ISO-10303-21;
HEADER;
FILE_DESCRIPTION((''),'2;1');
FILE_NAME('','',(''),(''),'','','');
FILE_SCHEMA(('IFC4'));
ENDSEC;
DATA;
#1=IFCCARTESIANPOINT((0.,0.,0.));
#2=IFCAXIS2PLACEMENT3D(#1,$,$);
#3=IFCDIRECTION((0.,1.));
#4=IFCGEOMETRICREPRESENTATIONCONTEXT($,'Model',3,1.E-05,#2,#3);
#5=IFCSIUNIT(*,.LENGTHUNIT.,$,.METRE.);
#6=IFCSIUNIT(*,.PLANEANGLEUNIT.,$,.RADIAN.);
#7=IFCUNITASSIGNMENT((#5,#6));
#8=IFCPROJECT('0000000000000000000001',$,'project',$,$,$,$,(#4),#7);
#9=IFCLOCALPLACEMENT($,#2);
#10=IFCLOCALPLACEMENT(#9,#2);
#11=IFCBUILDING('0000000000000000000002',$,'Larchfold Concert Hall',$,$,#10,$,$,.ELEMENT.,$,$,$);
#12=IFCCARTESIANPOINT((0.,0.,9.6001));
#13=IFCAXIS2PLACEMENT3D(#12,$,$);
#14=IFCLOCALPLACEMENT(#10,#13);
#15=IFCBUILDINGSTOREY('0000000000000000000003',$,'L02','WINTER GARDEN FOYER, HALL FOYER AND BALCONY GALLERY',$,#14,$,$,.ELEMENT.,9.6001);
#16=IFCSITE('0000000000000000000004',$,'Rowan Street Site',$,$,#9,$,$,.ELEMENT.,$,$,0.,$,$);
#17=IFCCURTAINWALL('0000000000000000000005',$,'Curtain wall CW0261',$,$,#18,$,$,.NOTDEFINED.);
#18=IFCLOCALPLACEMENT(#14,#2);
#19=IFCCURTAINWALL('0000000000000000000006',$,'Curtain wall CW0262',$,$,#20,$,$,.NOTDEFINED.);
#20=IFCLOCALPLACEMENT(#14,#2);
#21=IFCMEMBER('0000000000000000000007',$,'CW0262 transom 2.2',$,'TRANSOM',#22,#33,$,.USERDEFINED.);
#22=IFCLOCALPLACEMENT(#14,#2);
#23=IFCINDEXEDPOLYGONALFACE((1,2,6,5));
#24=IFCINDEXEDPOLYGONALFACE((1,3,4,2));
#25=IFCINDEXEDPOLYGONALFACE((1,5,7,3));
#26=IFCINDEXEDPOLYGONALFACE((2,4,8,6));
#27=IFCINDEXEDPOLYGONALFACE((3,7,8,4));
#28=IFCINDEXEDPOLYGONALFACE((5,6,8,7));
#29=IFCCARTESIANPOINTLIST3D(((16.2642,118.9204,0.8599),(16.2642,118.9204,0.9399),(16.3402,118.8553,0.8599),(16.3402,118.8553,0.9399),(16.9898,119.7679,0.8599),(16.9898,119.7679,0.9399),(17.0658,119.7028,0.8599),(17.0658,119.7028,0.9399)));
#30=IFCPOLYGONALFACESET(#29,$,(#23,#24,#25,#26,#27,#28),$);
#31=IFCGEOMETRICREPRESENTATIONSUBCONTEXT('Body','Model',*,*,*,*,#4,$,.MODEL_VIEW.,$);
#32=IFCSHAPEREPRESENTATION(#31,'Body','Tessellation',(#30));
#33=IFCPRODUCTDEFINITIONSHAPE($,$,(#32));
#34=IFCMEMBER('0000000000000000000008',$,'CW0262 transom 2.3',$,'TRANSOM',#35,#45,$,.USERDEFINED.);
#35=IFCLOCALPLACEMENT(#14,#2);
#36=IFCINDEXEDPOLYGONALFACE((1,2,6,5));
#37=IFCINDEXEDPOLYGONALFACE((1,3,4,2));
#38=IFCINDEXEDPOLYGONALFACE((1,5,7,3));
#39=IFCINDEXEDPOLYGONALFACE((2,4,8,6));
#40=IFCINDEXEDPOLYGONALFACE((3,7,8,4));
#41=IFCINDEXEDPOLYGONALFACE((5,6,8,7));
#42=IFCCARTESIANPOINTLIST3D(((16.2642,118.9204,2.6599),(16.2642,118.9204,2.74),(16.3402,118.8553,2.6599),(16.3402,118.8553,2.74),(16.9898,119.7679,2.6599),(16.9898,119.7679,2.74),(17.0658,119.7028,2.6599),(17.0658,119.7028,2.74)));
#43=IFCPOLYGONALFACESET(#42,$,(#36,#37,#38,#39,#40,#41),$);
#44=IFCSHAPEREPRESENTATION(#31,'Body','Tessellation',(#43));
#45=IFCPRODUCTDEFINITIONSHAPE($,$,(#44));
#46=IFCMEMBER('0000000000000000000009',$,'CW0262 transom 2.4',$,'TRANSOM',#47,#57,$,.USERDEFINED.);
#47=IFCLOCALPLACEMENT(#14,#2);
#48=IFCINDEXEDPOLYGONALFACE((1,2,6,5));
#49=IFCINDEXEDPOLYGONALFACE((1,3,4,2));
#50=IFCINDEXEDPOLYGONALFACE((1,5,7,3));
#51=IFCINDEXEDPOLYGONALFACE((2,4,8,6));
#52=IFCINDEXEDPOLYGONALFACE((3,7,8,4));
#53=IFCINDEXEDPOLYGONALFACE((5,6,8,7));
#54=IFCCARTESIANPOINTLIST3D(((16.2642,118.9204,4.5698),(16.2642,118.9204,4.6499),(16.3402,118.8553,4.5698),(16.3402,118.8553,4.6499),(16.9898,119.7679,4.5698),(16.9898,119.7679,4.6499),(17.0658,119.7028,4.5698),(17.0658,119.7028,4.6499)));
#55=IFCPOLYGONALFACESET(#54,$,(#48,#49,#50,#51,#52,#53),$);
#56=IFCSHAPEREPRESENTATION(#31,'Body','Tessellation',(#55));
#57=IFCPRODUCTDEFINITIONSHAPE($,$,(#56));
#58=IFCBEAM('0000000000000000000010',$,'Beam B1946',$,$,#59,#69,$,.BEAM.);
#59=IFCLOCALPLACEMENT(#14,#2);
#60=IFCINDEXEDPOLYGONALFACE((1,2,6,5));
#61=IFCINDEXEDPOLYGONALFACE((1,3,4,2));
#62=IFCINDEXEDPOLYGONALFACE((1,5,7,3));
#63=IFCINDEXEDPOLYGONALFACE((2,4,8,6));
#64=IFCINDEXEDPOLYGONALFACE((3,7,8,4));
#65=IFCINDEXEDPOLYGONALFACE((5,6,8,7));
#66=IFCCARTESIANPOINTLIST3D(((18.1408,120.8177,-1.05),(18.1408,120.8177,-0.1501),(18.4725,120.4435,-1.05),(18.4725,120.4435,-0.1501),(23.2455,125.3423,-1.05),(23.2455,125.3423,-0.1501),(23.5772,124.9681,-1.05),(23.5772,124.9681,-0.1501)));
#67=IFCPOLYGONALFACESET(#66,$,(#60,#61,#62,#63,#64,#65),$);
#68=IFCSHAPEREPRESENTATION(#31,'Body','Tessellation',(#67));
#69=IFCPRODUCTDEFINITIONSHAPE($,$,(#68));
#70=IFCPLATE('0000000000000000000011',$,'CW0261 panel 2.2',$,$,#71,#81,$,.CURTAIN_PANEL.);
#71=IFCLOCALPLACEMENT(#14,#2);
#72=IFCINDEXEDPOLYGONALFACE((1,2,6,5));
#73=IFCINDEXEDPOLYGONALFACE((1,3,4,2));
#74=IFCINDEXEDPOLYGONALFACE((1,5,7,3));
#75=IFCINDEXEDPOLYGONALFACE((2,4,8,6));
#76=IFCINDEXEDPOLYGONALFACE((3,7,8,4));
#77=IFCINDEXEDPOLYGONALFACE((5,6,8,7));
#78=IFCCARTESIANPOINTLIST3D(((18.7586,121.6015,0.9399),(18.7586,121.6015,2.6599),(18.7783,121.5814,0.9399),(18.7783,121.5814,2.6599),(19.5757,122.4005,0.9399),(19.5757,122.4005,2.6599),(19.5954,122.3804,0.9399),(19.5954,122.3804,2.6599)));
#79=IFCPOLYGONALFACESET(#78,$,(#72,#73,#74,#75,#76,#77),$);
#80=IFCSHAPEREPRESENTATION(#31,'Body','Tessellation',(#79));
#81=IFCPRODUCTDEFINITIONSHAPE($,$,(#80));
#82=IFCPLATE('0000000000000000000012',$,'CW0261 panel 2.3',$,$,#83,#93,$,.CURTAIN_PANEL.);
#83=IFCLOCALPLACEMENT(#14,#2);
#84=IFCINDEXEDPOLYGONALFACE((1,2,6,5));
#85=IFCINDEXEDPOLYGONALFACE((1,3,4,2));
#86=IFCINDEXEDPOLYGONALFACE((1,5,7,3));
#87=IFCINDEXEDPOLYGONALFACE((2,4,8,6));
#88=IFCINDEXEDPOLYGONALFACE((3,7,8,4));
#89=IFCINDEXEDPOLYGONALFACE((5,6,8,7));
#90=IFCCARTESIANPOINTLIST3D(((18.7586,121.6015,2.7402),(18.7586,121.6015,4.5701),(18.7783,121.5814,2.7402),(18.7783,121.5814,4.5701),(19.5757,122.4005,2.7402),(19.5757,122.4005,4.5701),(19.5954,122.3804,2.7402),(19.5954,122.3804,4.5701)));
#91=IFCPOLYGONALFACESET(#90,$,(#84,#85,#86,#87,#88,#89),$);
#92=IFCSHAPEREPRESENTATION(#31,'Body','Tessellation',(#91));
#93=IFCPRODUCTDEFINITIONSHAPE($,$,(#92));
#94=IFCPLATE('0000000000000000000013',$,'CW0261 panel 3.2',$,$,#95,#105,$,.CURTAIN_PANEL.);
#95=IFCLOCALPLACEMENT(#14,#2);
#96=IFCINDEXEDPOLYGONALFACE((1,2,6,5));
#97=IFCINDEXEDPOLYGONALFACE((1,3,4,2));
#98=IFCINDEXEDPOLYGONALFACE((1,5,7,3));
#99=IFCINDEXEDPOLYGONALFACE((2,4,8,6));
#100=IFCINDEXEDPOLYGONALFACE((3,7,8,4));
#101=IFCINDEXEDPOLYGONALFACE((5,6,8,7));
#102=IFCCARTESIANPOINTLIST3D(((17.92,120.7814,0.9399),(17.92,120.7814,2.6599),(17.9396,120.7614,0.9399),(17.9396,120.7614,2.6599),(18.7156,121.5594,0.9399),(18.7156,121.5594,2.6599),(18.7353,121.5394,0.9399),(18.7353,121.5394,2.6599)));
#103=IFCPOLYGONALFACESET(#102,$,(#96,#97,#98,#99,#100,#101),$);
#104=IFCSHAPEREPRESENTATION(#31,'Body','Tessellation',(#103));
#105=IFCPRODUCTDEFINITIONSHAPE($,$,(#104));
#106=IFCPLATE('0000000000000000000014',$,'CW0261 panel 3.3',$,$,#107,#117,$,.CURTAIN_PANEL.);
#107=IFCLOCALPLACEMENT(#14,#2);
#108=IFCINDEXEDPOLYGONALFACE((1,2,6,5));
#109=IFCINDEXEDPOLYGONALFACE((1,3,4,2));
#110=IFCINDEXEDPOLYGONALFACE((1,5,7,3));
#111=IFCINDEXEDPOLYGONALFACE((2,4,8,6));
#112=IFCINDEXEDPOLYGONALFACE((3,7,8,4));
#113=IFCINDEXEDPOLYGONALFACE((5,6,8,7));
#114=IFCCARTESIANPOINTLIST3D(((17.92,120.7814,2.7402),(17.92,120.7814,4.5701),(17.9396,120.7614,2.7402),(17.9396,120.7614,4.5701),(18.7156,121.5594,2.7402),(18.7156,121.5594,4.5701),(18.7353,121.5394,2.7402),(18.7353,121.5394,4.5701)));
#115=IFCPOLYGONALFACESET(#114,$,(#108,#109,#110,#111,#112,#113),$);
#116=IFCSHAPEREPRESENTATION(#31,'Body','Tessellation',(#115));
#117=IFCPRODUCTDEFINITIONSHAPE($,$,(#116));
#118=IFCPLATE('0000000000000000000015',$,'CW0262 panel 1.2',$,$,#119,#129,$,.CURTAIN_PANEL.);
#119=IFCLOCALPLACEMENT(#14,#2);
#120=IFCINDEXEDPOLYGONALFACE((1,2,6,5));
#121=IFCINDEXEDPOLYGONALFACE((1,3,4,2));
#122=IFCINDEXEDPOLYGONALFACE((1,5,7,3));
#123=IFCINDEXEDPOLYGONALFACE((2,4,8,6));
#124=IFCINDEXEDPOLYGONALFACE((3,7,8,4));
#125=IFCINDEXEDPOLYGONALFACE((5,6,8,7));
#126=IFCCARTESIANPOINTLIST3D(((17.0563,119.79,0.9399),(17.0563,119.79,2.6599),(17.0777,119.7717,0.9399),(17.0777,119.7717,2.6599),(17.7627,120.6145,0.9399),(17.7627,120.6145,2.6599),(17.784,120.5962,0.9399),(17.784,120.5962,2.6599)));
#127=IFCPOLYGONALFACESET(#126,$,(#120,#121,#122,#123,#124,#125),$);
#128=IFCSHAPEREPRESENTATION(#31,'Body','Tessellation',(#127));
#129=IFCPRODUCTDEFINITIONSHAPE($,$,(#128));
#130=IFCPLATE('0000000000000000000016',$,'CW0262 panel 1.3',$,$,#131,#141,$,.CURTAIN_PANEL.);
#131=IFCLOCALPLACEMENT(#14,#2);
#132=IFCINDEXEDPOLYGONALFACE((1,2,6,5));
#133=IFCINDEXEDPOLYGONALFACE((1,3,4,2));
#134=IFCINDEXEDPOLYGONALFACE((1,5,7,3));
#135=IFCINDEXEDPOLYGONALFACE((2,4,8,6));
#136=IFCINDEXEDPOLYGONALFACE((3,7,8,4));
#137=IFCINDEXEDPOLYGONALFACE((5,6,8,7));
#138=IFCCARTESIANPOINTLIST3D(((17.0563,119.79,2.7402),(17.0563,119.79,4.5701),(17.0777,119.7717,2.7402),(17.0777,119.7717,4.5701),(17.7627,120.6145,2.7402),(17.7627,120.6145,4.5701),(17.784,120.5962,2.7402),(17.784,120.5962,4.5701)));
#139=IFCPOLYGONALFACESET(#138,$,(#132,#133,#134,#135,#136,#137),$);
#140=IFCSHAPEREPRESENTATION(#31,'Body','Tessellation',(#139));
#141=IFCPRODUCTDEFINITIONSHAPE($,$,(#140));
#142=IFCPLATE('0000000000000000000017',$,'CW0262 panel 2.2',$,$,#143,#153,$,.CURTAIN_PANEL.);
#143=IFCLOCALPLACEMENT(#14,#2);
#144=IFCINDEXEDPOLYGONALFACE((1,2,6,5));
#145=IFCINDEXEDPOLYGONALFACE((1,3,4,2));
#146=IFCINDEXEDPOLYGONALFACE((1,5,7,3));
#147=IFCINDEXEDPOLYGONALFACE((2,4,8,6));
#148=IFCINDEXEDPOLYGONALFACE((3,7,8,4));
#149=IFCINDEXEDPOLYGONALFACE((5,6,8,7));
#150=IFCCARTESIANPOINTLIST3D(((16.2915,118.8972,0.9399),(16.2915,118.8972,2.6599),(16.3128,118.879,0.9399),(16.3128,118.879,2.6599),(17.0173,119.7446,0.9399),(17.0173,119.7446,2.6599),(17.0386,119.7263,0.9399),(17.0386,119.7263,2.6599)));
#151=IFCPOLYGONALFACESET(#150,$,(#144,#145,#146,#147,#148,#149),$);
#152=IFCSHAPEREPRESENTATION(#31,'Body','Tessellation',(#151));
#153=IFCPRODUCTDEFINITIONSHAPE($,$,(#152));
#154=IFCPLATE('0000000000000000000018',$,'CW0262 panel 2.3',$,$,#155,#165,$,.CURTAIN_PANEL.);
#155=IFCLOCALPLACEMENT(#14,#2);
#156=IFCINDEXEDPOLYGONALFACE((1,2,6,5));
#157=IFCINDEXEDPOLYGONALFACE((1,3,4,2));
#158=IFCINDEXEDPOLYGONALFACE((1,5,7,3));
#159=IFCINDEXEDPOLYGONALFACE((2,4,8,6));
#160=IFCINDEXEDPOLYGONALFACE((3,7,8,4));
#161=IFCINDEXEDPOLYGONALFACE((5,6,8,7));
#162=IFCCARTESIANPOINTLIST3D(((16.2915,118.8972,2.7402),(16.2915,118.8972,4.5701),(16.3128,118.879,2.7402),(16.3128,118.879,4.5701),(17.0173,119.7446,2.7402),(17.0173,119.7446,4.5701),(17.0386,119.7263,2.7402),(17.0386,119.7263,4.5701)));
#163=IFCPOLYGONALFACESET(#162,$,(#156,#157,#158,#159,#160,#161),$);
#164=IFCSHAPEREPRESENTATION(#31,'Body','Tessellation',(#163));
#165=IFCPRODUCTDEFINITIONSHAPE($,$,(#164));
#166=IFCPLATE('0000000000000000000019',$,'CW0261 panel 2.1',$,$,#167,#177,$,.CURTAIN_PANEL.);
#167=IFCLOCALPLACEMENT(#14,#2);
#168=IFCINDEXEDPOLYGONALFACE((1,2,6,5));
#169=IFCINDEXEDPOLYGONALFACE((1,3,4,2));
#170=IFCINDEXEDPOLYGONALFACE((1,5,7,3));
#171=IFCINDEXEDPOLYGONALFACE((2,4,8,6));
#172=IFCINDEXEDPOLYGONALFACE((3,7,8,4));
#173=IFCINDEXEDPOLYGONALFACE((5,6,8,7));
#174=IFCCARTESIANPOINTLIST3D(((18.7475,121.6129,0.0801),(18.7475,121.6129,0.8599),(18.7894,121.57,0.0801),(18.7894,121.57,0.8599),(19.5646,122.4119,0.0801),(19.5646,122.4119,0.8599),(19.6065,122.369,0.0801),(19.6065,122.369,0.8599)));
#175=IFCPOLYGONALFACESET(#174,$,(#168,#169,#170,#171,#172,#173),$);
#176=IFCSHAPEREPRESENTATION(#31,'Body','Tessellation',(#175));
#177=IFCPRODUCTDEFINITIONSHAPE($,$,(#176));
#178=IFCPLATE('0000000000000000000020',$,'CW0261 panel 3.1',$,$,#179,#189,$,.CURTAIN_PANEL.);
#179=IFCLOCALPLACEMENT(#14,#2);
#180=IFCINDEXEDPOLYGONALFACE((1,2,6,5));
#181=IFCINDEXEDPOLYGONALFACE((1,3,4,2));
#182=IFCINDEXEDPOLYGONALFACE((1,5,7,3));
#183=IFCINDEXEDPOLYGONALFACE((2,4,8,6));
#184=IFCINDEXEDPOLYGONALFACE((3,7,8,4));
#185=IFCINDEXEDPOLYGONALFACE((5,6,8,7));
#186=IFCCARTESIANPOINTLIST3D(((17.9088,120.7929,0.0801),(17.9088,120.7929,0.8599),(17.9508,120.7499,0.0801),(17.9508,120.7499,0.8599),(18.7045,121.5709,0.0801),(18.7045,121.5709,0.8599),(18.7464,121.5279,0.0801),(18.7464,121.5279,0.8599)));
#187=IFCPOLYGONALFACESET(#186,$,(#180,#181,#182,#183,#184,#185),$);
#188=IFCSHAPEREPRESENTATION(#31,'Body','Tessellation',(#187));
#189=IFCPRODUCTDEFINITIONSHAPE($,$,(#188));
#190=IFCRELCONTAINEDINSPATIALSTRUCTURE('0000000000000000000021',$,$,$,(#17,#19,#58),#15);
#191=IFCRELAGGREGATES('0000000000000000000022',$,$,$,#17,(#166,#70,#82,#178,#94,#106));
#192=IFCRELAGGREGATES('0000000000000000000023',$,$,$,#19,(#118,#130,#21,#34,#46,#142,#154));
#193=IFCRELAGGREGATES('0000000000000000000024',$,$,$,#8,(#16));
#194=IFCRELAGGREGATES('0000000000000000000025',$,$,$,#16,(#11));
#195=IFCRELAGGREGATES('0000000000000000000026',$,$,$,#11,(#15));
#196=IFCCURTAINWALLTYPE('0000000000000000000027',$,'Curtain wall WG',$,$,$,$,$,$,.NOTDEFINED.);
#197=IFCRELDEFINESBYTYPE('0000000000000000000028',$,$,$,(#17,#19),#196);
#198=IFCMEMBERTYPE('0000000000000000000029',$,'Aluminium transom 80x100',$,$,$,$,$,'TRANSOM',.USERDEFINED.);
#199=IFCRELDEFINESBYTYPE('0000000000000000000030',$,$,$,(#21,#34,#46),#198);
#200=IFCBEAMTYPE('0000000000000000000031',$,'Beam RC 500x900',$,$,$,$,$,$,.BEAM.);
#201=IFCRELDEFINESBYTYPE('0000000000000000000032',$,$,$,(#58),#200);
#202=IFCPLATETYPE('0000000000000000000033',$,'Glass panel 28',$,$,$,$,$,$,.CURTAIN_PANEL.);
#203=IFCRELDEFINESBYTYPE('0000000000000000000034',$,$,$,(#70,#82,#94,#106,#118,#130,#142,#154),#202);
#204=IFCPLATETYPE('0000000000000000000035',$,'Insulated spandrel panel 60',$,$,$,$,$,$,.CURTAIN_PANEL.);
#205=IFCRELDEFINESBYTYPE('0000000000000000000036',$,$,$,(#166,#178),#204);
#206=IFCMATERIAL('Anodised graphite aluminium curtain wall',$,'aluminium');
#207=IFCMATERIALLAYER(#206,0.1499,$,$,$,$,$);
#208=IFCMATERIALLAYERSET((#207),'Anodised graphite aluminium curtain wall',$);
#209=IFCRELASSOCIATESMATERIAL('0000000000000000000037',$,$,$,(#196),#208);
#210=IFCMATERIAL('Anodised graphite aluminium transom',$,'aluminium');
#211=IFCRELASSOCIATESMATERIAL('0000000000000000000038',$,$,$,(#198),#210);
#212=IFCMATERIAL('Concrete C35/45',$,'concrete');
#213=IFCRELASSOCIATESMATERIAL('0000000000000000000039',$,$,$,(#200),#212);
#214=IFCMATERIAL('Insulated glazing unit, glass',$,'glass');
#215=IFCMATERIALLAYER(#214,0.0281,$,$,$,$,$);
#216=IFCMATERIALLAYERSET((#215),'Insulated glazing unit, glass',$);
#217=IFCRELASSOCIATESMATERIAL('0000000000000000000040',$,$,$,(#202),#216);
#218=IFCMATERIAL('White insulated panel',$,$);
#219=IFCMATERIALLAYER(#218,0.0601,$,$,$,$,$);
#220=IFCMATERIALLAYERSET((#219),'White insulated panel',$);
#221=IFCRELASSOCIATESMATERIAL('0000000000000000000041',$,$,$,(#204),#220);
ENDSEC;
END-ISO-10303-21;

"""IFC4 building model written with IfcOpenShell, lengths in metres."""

from ifc_helpers import new_model, si_unit, direction, frame, origin, origin_2d, place, context, subcontext, project, spatial, rectangle, extrude, material, layer, layer_set, material_profile, profile_set, type_object, element, aggregate, save


model = new_model("IFC4")

# Units and contexts
model_context = context("Model", 3, precision=1e-05, world=origin(), true_north=direction((0.0, 1.0)))
body_context = subcontext(model_context, "Body", "Model", "MODEL_VIEW")
ifc_project = project(units=[si_unit("LENGTHUNIT", "METRE"), si_unit("PLANEANGLEUNIT", "RADIAN")], contexts=[model_context])

# Site, building, storey
site_placement = place(None, origin())
site = spatial("IfcSite", under=ifc_project, at=site_placement, Name="Rowan Street Site", CompositionType="ELEMENT", RefElevation=0.0)
building_placement = place(site_placement, origin())
building = spatial("IfcBuilding", under=site, at=building_placement, Name="Larchfold Concert Hall", CompositionType="ELEMENT")
storey_placement = place(building_placement, frame((0.0, 0.0, 9.6001)))
storey = spatial("IfcBuildingStorey", under=building, at=storey_placement, Name="L02", Description="WINTER GARDEN FOYER, HALL FOYER AND BALCONY GALLERY", CompositionType="ELEMENT", Elevation=9.6001)

# Curtain walls
ifc_material_1 = material(Name="Anodised graphite aluminium curtain wall", Category="aluminium")
ifc_layer_1 = layer(ifc_material_1, 0.1499)
ifc_layer_set_1 = layer_set([ifc_layer_1], Name="Anodised graphite aluminium curtain wall")
curtain_wall_type = type_object("IfcCurtainWallType", Name="Curtain wall WG", PredefinedType="NOTDEFINED", material=ifc_layer_set_1)
curtain_wall_1_placement = place(storey_placement, origin())
curtain_wall_1 = element("IfcCurtainWall", 1, at=curtain_wall_1_placement, inside=storey, type_object=curtain_wall_type, Name="Curtain wall CW0261", PredefinedType="NOTDEFINED")
curtain_wall_2_placement = place(storey_placement, origin())
curtain_wall_2 = element("IfcCurtainWall", 2, at=curtain_wall_2_placement, inside=storey, type_object=curtain_wall_type, Name="Curtain wall CW0262", PredefinedType="NOTDEFINED")

# Members
ifc_material_2 = material(Name="Anodised graphite aluminium transom", Category="aluminium")
ifc_material_profile_1 = material_profile(ifc_material_2, rectangle(XDim=0.1001, YDim=0.0801, at=origin_2d()))
ifc_profile_set_1 = profile_set([ifc_material_profile_1], Name="Anodised graphite aluminium transom")
member_type_1 = type_object("IfcMemberType", Name="Aluminium transom 80x100", ElementType="TRANSOM", PredefinedType="USERDEFINED", material=ifc_profile_set_1)
member_1_placement = place(storey_placement, frame((17.0278, 119.7354, 0.8999), z_axis=(-0.650395, -0.759596, 0.0), x_axis=(0.759596, -0.650395, 0.0)))
member_1 = element("IfcMember", 3, at=member_1_placement, type_object=member_type_1, Name="CW0262 transom 2.2", ObjectType="TRANSOM", PredefinedType="USERDEFINED", context=body_context, shape_type="SweptSolid", body=[
    extrude(rectangle(XDim=0.1001, YDim=0.0801, at=origin_2d()), origin(), (0.0, 0.0, 1.0), 1.1157),
])
member_2_placement = place(storey_placement, frame((17.0278, 119.7354, 2.7), z_axis=(-0.650395, -0.759596, 0.0), x_axis=(0.759596, -0.650395, 0.0)))
member_2 = element("IfcMember", 4, at=member_2_placement, type_object=member_type_1, Name="CW0262 transom 2.3", ObjectType="TRANSOM", PredefinedType="USERDEFINED", context=body_context, shape_type="SweptSolid", body=[
    extrude(rectangle(XDim=0.1001, YDim=0.0801, at=origin_2d()), origin(), (0.0, 0.0, 1.0), 1.1157),
])
member_3_placement = place(storey_placement, frame((17.0278, 119.7354, 4.6099), z_axis=(-0.650395, -0.759596, 0.0), x_axis=(0.759596, -0.650395, 0.0)))
member_3 = element("IfcMember", 5, at=member_3_placement, type_object=member_type_1, Name="CW0262 transom 2.4", ObjectType="TRANSOM", PredefinedType="USERDEFINED", context=body_context, shape_type="SweptSolid", body=[
    extrude(rectangle(XDim=0.1001, YDim=0.0801, at=origin_2d()), origin(), (0.0, 0.0, 1.0), 1.1157),
])

# Beam
ifc_material_3 = material(Name="Concrete C35/45", Category="concrete")
ifc_material_profile_2 = material_profile(ifc_material_3, rectangle(XDim=0.5, YDim=0.8999, at=origin_2d()))
ifc_profile_set_2 = profile_set([ifc_material_profile_2], Name="Concrete C35/45")
beam_type = type_object("IfcBeamType", Name="Beam RC 500x900", PredefinedType="BEAM", material=ifc_profile_set_2)
beam_placement = place(storey_placement, frame((18.3066, 120.6306, -0.6001), z_axis=(0.748347, 0.663308, 0.0), x_axis=(-0.663308, 0.748347, 0.0)))
element("IfcBeam", 6, at=beam_placement, inside=storey, type_object=beam_type, Name="Beam B1946", PredefinedType="BEAM", context=body_context, shape_type="SweptSolid", body=[
    extrude(rectangle(XDim=0.5, YDim=0.8999, at=origin_2d()), origin(), (0.0, 0.0, 1.0), 6.8213),
])

# Plates
ifc_material_4 = material(Name="Insulated glazing unit, glass", Category="glass")
ifc_layer_2 = layer(ifc_material_4, 0.0281)
ifc_layer_set_2 = layer_set([ifc_layer_2], Name="Insulated glazing unit, glass")
plate_type_1 = type_object("IfcPlateType", Name="Glass panel 28", PredefinedType="CURTAIN_PANEL", material=ifc_layer_set_2)
plate_1_placement = place(storey_placement, frame((19.177, 121.991, 0.9399), z_axis=(0.0, 0.0, 1.0), x_axis=(-0.714979, -0.699146, 0.0)))
plate_1 = element("IfcPlate", 7, at=plate_1_placement, type_object=plate_type_1, Name="CW0261 panel 2.2", PredefinedType="CURTAIN_PANEL", context=body_context, shape_type="SweptSolid", body=[
    extrude(rectangle(XDim=1.1428, YDim=0.0281, at=origin_2d()), origin(), (0.0, 0.0, 1.0), 1.72),
])
plate_2_placement = place(storey_placement, frame((19.177, 121.991, 2.7402), z_axis=(0.0, 0.0, 1.0), x_axis=(-0.714979, -0.699146, 0.0)))
plate_2 = element("IfcPlate", 8, at=plate_2_placement, type_object=plate_type_1, Name="CW0261 panel 2.3", PredefinedType="CURTAIN_PANEL", context=body_context, shape_type="SweptSolid", body=[
    extrude(rectangle(XDim=1.1428, YDim=0.0281, at=origin_2d()), origin(), (0.0, 0.0, 1.0), 1.8298),
])
plate_3_placement = place(storey_placement, frame((18.3276, 121.1604, 0.9399), z_axis=(0.0, 0.0, 1.0), x_axis=(-0.714979, -0.699146, 0.0)))
plate_3 = element("IfcPlate", 9, at=plate_3_placement, type_object=plate_type_1, Name="CW0261 panel 3.2", PredefinedType="CURTAIN_PANEL", context=body_context, shape_type="SweptSolid", body=[
    extrude(rectangle(XDim=1.1128, YDim=0.0281, at=origin_2d()), origin(), (0.0, 0.0, 1.0), 1.72),
])
plate_4_placement = place(storey_placement, frame((18.3276, 121.1604, 2.7402), z_axis=(0.0, 0.0, 1.0), x_axis=(-0.714979, -0.699146, 0.0)))
plate_4 = element("IfcPlate", 10, at=plate_4_placement, type_object=plate_type_1, Name="CW0261 panel 3.3", PredefinedType="CURTAIN_PANEL", context=body_context, shape_type="SweptSolid", body=[
    extrude(rectangle(XDim=1.1128, YDim=0.0281, at=origin_2d()), origin(), (0.0, 0.0, 1.0), 1.8298),
])
plate_5_placement = place(storey_placement, frame((17.4202, 120.1931, 0.9399), z_axis=(0.0, 0.0, 1.0), x_axis=(-0.650563, -0.759452, 0.0)))
plate_5 = element("IfcPlate", 11, at=plate_5_placement, type_object=plate_type_1, Name="CW0262 panel 1.2", PredefinedType="CURTAIN_PANEL", context=body_context, shape_type="SweptSolid", body=[
    extrude(rectangle(XDim=1.0857, YDim=0.0281, at=origin_2d()), origin(), (0.0, 0.0, 1.0), 1.72),
])
plate_6_placement = place(storey_placement, frame((17.4202, 120.1931, 2.7402), z_axis=(0.0, 0.0, 1.0), x_axis=(-0.650563, -0.759452, 0.0)))
plate_6 = element("IfcPlate", 12, at=plate_6_placement, type_object=plate_type_1, Name="CW0262 panel 1.3", PredefinedType="CURTAIN_PANEL", context=body_context, shape_type="SweptSolid", body=[
    extrude(rectangle(XDim=1.0857, YDim=0.0281, at=origin_2d()), origin(), (0.0, 0.0, 1.0), 1.8298),
])
plate_7_placement = place(storey_placement, frame((16.665, 119.3118, 0.9399), z_axis=(0.0, 0.0, 1.0), x_axis=(-0.650563, -0.759452, 0.0)))
plate_7 = element("IfcPlate", 13, at=plate_7_placement, type_object=plate_type_1, Name="CW0262 panel 2.2", PredefinedType="CURTAIN_PANEL", context=body_context, shape_type="SweptSolid", body=[
    extrude(rectangle(XDim=1.1157, YDim=0.0281, at=origin_2d()), origin(), (0.0, 0.0, 1.0), 1.72),
])
plate_8_placement = place(storey_placement, frame((16.665, 119.3118, 2.7402), z_axis=(0.0, 0.0, 1.0), x_axis=(-0.650563, -0.759452, 0.0)))
plate_8 = element("IfcPlate", 14, at=plate_8_placement, type_object=plate_type_1, Name="CW0262 panel 2.3", PredefinedType="CURTAIN_PANEL", context=body_context, shape_type="SweptSolid", body=[
    extrude(rectangle(XDim=1.1157, YDim=0.0281, at=origin_2d()), origin(), (0.0, 0.0, 1.0), 1.8298),
])
ifc_material_5 = material(Name="White insulated panel")
ifc_layer_3 = layer(ifc_material_5, 0.0601)
ifc_layer_set_3 = layer_set([ifc_layer_3], Name="White insulated panel")
plate_type_2 = type_object("IfcPlateType", Name="Insulated spandrel panel 60", PredefinedType="CURTAIN_PANEL", material=ifc_layer_set_3)
plate_9_placement = place(storey_placement, frame((19.177, 121.991, 0.0801), z_axis=(0.0, 0.0, 1.0), x_axis=(-0.714979, -0.699146, 0.0)))
plate_9 = element("IfcPlate", 15, at=plate_9_placement, type_object=plate_type_2, Name="CW0261 panel 2.1", PredefinedType="CURTAIN_PANEL", context=body_context, shape_type="SweptSolid", body=[
    extrude(rectangle(XDim=1.1428, YDim=0.0601, at=origin_2d()), origin(), (0.0, 0.0, 1.0), 0.7798),
])
plate_10_placement = place(storey_placement, frame((18.3276, 121.1604, 0.0801), z_axis=(0.0, 0.0, 1.0), x_axis=(-0.714979, -0.699146, 0.0)))
plate_10 = element("IfcPlate", 16, at=plate_10_placement, type_object=plate_type_2, Name="CW0261 panel 3.1", PredefinedType="CURTAIN_PANEL", context=body_context, shape_type="SweptSolid", body=[
    extrude(rectangle(XDim=1.1128, YDim=0.0601, at=origin_2d()), origin(), (0.0, 0.0, 1.0), 0.7798),
])
aggregate(curtain_wall_1, [plate_9, plate_1, plate_2, plate_10, plate_3, plate_4])
aggregate(curtain_wall_2, [plate_5, plate_6, member_1, member_2, member_3, plate_7, plate_8])

save(model, "model.ifc")
